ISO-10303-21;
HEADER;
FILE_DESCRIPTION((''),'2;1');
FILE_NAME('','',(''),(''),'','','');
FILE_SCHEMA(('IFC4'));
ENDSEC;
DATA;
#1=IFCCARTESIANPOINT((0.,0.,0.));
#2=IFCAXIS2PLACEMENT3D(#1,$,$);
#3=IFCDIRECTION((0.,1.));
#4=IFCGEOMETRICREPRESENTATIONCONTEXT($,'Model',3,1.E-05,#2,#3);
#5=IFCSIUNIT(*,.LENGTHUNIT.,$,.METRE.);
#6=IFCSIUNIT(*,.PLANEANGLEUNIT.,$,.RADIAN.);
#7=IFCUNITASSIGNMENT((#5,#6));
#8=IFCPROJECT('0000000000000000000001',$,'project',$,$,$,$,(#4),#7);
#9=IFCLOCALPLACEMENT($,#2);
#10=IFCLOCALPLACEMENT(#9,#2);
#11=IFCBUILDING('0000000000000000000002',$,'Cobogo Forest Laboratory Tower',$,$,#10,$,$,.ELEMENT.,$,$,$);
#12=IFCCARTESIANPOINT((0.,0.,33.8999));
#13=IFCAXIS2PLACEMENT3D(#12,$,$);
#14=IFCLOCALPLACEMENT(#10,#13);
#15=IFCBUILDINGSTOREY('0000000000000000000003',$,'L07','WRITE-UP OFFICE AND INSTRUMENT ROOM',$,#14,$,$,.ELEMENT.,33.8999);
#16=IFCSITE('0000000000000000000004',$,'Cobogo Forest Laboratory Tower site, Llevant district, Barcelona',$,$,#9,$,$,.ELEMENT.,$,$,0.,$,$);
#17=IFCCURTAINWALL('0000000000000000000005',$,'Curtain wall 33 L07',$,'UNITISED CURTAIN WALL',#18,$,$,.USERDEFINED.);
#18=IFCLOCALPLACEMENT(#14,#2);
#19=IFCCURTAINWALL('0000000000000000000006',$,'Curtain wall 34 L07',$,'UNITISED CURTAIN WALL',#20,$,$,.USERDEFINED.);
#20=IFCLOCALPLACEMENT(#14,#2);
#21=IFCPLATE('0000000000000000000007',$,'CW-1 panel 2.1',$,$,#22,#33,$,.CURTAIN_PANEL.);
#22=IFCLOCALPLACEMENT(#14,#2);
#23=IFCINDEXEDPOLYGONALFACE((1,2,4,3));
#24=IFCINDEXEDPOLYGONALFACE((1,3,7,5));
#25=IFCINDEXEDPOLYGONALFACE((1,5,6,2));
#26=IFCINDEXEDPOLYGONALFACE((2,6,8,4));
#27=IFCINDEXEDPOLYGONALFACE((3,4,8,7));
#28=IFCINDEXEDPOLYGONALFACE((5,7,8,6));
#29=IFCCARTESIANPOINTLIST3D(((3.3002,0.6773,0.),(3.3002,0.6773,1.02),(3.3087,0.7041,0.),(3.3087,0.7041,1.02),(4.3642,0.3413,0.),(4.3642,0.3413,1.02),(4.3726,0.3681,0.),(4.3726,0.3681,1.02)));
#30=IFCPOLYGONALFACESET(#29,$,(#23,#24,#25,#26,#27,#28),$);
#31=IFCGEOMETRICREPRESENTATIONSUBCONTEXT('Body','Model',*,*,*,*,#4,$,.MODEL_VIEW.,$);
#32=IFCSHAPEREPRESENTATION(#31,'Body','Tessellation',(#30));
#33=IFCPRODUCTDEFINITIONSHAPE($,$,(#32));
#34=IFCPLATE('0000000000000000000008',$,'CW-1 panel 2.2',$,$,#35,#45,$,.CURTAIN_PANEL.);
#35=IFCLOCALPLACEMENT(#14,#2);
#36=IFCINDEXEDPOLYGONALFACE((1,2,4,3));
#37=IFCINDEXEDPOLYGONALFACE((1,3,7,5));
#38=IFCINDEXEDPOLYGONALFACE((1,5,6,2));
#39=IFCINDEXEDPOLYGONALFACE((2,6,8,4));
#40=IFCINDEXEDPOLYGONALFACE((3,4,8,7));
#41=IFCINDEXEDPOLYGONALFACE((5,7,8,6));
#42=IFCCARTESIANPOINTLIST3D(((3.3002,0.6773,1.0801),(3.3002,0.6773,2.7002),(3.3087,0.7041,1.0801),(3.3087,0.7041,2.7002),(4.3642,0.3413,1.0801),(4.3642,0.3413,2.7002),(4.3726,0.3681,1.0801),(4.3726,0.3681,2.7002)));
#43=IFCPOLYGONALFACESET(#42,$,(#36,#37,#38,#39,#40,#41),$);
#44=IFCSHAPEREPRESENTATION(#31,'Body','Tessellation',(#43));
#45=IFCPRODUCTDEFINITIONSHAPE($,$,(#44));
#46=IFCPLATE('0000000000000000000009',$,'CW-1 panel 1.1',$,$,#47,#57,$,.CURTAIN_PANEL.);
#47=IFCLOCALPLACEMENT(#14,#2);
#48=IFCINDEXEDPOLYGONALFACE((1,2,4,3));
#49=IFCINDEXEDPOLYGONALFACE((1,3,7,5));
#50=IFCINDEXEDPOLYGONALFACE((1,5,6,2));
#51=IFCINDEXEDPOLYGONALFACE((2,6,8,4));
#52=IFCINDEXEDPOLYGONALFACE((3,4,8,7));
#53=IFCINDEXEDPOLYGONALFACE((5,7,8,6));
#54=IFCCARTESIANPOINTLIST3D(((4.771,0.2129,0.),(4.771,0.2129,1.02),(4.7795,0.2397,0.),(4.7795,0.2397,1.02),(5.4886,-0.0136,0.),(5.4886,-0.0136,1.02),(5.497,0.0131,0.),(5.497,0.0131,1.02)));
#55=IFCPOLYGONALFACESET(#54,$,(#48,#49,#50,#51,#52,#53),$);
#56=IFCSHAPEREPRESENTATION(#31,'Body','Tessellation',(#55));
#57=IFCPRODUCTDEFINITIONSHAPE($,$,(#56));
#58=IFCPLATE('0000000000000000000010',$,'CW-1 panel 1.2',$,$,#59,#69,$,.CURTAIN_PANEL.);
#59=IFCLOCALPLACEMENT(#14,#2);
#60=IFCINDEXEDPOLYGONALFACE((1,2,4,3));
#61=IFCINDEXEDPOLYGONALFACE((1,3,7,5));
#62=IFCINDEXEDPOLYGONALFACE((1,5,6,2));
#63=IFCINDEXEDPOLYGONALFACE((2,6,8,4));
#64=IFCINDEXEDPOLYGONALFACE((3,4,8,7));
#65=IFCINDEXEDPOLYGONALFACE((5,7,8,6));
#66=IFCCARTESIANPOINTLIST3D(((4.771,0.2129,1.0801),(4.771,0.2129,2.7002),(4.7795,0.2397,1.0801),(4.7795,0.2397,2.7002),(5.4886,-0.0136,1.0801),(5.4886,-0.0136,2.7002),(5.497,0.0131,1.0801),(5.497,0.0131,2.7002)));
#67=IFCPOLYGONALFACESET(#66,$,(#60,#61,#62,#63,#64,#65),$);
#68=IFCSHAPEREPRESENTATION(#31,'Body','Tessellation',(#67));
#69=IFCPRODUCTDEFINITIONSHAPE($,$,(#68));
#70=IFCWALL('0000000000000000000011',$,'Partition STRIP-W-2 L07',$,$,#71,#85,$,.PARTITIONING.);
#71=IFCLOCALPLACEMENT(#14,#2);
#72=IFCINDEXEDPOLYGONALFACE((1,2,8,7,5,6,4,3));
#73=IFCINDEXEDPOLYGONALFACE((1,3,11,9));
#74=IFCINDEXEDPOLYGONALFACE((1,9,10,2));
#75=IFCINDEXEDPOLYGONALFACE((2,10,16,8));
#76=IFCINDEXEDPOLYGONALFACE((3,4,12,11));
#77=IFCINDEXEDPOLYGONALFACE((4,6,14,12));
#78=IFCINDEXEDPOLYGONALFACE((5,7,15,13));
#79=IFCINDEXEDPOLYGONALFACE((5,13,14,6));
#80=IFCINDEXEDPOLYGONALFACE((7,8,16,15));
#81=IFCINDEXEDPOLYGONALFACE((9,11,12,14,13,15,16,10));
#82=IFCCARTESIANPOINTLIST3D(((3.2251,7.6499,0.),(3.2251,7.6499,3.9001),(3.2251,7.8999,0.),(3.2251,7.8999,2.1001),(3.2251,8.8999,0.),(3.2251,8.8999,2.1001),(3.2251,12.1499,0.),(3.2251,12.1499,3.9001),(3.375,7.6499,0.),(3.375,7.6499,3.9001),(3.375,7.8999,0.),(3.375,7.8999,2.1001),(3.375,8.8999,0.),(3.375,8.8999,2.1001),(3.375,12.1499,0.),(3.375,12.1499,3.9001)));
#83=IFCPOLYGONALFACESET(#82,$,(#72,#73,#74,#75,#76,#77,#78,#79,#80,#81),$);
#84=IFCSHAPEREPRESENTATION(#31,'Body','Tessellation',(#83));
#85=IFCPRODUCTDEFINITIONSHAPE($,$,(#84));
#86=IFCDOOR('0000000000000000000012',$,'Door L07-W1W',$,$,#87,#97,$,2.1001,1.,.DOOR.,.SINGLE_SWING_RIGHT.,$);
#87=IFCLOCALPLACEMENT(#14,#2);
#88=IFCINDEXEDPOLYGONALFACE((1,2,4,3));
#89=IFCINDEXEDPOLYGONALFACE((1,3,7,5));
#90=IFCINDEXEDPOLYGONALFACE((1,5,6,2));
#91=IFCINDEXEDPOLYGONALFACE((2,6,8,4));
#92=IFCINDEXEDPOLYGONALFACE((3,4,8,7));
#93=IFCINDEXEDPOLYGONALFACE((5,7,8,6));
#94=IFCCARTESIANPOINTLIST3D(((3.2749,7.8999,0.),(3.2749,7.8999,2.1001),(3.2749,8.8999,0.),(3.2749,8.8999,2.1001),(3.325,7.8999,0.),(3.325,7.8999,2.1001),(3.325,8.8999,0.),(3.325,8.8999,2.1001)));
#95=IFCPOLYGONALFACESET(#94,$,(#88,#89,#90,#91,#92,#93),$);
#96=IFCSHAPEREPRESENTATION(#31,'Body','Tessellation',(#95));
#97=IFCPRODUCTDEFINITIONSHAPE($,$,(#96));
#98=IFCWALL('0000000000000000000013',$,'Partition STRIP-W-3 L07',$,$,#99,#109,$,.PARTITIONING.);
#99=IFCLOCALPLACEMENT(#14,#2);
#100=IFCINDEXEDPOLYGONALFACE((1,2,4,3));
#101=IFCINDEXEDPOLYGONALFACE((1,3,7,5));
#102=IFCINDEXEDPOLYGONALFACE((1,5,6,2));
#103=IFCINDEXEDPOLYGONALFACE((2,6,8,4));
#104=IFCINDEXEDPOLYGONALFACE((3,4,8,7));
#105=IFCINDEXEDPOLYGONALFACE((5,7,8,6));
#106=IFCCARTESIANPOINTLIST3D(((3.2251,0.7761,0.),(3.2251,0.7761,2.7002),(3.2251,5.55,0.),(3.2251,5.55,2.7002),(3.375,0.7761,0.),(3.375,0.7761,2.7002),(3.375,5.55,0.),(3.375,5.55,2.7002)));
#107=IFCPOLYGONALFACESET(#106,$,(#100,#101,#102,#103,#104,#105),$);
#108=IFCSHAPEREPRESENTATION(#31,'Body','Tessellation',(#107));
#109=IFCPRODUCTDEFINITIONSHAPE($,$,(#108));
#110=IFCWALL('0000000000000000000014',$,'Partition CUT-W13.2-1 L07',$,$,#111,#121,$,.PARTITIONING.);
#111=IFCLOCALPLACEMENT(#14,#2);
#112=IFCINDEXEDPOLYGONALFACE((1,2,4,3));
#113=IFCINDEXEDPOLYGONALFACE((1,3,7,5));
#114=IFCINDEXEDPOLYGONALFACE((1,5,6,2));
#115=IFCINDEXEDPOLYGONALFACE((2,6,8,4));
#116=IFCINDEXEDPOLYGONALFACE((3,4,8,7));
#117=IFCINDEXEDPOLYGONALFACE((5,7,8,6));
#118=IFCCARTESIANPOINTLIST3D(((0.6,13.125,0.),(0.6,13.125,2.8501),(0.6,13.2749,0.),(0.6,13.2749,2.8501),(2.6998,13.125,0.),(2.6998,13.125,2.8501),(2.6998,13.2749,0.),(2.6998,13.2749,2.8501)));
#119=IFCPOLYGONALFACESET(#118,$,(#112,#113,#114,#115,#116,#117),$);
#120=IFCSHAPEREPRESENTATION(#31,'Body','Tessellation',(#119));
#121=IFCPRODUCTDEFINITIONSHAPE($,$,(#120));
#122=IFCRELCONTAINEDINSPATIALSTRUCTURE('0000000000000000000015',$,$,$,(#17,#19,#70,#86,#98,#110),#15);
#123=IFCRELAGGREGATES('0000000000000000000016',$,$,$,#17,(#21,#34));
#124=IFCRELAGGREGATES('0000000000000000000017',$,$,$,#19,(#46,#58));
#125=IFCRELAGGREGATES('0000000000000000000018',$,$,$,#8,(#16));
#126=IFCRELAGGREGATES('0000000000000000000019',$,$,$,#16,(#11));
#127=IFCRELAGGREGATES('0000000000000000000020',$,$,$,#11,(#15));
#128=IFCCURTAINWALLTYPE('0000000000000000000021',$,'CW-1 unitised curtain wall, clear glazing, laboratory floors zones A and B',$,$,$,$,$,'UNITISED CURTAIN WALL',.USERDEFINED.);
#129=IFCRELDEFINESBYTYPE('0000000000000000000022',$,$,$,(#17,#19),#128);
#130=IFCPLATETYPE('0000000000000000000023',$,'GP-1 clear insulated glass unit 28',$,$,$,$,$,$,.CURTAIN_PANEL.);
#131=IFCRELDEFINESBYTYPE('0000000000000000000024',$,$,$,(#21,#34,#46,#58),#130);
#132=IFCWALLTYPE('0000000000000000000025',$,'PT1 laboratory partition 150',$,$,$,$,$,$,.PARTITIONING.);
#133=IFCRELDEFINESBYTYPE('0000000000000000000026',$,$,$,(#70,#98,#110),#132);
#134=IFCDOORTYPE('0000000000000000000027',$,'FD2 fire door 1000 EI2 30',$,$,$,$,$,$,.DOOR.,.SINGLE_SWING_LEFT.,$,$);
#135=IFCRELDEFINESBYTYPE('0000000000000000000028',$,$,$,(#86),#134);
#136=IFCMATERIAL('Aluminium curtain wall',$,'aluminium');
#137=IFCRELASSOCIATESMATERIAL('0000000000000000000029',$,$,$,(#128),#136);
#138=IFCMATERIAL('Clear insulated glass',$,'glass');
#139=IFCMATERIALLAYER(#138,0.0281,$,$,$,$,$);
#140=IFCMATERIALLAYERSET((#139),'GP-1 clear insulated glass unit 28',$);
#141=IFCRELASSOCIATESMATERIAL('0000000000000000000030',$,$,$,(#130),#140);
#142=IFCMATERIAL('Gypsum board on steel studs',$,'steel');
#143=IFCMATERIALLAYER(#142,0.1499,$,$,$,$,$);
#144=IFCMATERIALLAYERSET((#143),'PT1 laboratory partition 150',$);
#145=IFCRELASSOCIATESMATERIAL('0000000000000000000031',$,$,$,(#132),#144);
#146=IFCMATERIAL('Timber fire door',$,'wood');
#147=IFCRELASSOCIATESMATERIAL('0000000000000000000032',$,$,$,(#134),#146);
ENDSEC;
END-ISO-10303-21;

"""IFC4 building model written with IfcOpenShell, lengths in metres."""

from ifc_helpers import new_model, si_unit, direction, frame, frame_2d, origin, origin_2d, place, context, subcontext, project, spatial, rectangle, extrude, material, layer, layer_set, type_object, element, fill, aggregate, save


model = new_model("IFC4")

# Units and contexts
model_context = context("Model", 3, precision=1e-05, world=origin(), true_north=direction((0.0, 1.0)))
body_context = subcontext(model_context, "Body", "Model", "MODEL_VIEW")
ifc_project = project(units=[si_unit("LENGTHUNIT", "METRE"), si_unit("PLANEANGLEUNIT", "RADIAN")], contexts=[model_context])

# Site, building, storey
site_placement = place(None, origin())
site = spatial("IfcSite", under=ifc_project, at=site_placement, Name="Cobogo Forest Laboratory Tower site, Llevant district, Barcelona", CompositionType="ELEMENT", RefElevation=0.0)
building_placement = place(site_placement, origin())
building = spatial("IfcBuilding", under=site, at=building_placement, Name="Cobogo Forest Laboratory Tower", CompositionType="ELEMENT")
storey_placement = place(building_placement, frame((0.0, 0.0, 33.8999)))
storey = spatial("IfcBuildingStorey", under=building, at=storey_placement, Name="L07", Description="WRITE-UP OFFICE AND INSTRUMENT ROOM", CompositionType="ELEMENT", Elevation=33.8999)

# Shared definitions
ifc_material_1 = material(Name="Aluminium curtain wall", Category="aluminium")
curtain_wall_type = type_object("IfcCurtainWallType", Name="CW-1 unitised curtain wall, clear glazing, laboratory floors zones A and B", ElementType="UNITISED CURTAIN WALL", PredefinedType="USERDEFINED", material=ifc_material_1)

# Curtain walls
curtain_wall_1_placement = place(storey_placement, origin())
curtain_wall_1 = element("IfcCurtainWall", 1, at=curtain_wall_1_placement, inside=storey, type_object=curtain_wall_type, Name="Curtain wall 33 L07", ObjectType="UNITISED CURTAIN WALL", PredefinedType="USERDEFINED")
curtain_wall_2_placement = place(storey_placement, origin())
curtain_wall_2 = element("IfcCurtainWall", 2, at=curtain_wall_2_placement, inside=storey, type_object=curtain_wall_type, Name="Curtain wall 34 L07", ObjectType="UNITISED CURTAIN WALL", PredefinedType="USERDEFINED")

# Plates
ifc_material_2 = material(Name="Clear insulated glass", Category="glass")
ifc_layer_1 = layer(ifc_material_2, 0.0281)
ifc_layer_set_1 = layer_set([ifc_layer_1], Name="GP-1 clear insulated glass unit 28")
plate_type = type_object("IfcPlateType", Name="GP-1 clear insulated glass unit 28", PredefinedType="CURTAIN_PANEL", material=ifc_layer_set_1)
plate_1_placement = place(storey_placement, frame((3.8364, 0.5227, 0.0), z_axis=(0.0, 0.0, 1.0), x_axis=(0.953581, -0.301135, 0.0)))
plate_1 = element("IfcPlate", 3, at=plate_1_placement, type_object=plate_type, Name="CW-1 panel 2.1", PredefinedType="CURTAIN_PANEL", context=body_context, shape_type="SweptSolid", body=[
    extrude(rectangle(XDim=1.1157, YDim=0.0281, at=origin_2d()), origin(), (0.0, 0.0, 1.0), 1.02),
])
plate_2_placement = place(storey_placement, frame((3.8364, 0.5227, 1.0801), z_axis=(0.0, 0.0, 1.0), x_axis=(0.953581, -0.301135, 0.0)))
plate_2 = element("IfcPlate", 4, at=plate_2_placement, type_object=plate_type, Name="CW-1 panel 2.2", PredefinedType="CURTAIN_PANEL", context=body_context, shape_type="SweptSolid", body=[
    extrude(rectangle(XDim=1.1157, YDim=0.0281, at=origin_2d()), origin(), (0.0, 0.0, 1.0), 1.6201),
])
aggregate(curtain_wall_1, [plate_1, plate_2])
plate_3_placement = place(storey_placement, frame((5.134, 0.113, 0.0), z_axis=(0.0, 0.0, 1.0), x_axis=(0.953582, -0.301135, 0.0)))
plate_3 = element("IfcPlate", 5, at=plate_3_placement, type_object=plate_type, Name="CW-1 panel 1.1", PredefinedType="CURTAIN_PANEL", context=body_context, shape_type="SweptSolid", body=[
    extrude(rectangle(XDim=0.7524, YDim=0.0281, at=origin_2d()), origin(), (0.0, 0.0, 1.0), 1.02),
])
plate_4_placement = place(storey_placement, frame((5.134, 0.113, 1.0801), z_axis=(0.0, 0.0, 1.0), x_axis=(0.953582, -0.301135, 0.0)))
plate_4 = element("IfcPlate", 6, at=plate_4_placement, type_object=plate_type, Name="CW-1 panel 1.2", PredefinedType="CURTAIN_PANEL", context=body_context, shape_type="SweptSolid", body=[
    extrude(rectangle(XDim=0.7524, YDim=0.0281, at=origin_2d()), origin(), (0.0, 0.0, 1.0), 1.6201),
])
aggregate(curtain_wall_2, [plate_3, plate_4])

# Wall, opening, door
ifc_material_3 = material(Name="Gypsum board on steel studs", Category="steel")
ifc_layer_2 = layer(ifc_material_3, 0.1499)
ifc_layer_set_2 = layer_set([ifc_layer_2], Name="PT1 laboratory partition 150")
wall_type = type_object("IfcWallType", Name="PT1 laboratory partition 150", PredefinedType="PARTITIONING", material=ifc_layer_set_2)
wall_1_placement = place(storey_placement, frame((3.3, 12.1499, 0.0), z_axis=(0.0, 0.0, 1.0), x_axis=(0.0, -1.0, 0.0)))
wall_1 = element("IfcWall", 7, at=wall_1_placement, inside=storey, type_object=wall_type, Name="Partition STRIP-W-2 L07", PredefinedType="PARTITIONING", context=body_context, shape_type="SweptSolid", body=[
    extrude(rectangle(XDim=4.5, YDim=0.1499, at=frame_2d((2.25, 0.0))), origin(), (0.0, 0.0, 1.0), 3.9001),
])
opening_placement = place(wall_1_placement, frame((3.25, 0.0, 0.0)))
opening = element("IfcOpeningElement", 8, at=opening_placement, cuts=wall_1, PredefinedType="OPENING", context=body_context, shape_type="SweptSolid", body=[
    extrude(rectangle(XDim=1.0, YDim=2.1001, at=frame_2d((0.5, 1.05))), frame((0.0, 0.085, 0.0), z_axis=(0.0, -1.0, 0.0), x_axis=(1.0, 0.0, 0.0)), (0.0, 0.0, 1.0), 0.1699),
])
ifc_material_4 = material(Name="Timber fire door", Category="wood")
door_type = type_object("IfcDoorType", Name="FD2 fire door 1000 EI2 30", OperationType="SINGLE_SWING_LEFT", PredefinedType="DOOR", material=ifc_material_4)
door_placement = place(opening_placement, origin())
door = element("IfcDoor", 9, at=door_placement, inside=storey, type_object=door_type, Name="Door L07-W1W", OperationType="SINGLE_SWING_RIGHT", OverallHeight=2.1001, OverallWidth=1.0, PredefinedType="DOOR", context=body_context, shape_type="SweptSolid", body=[
    extrude(rectangle(XDim=1.0, YDim=2.1001, at=frame_2d((0.5, 1.05))), frame((0.0, 0.0249, 0.0), z_axis=(0.0, -1.0, 0.0), x_axis=(1.0, 0.0, 0.0)), (0.0, 0.0, 1.0), 0.05),
])
fill(opening, door)

# Walls
wall_2_placement = place(storey_placement, frame((3.3, 5.55, 0.0), z_axis=(0.0, 0.0, 1.0), x_axis=(0.0, -1.0, 0.0)))
element("IfcWall", 10, at=wall_2_placement, inside=storey, type_object=wall_type, Name="Partition STRIP-W-3 L07", PredefinedType="PARTITIONING", context=body_context, shape_type="SweptSolid", body=[
    extrude(rectangle(XDim=4.7739, YDim=0.1499, at=frame_2d((2.387, 0.0))), origin(), (0.0, 0.0, 1.0), 2.7002),
])
wall_3_placement = place(storey_placement, frame((0.6001, 13.2, 0.0), z_axis=(0.0, 0.0, 1.0), x_axis=(1.0, 0.0, 0.0)))
element("IfcWall", 11, at=wall_3_placement, inside=storey, type_object=wall_type, Name="Partition CUT-W13.2-1 L07", PredefinedType="PARTITIONING", context=body_context, shape_type="SweptSolid", body=[
    extrude(rectangle(XDim=2.0999, YDim=0.1499, at=frame_2d((1.0498, 0.0))), origin(), (0.0, 0.0, 1.0), 2.8501),
])

save(model, "model.ifc")
